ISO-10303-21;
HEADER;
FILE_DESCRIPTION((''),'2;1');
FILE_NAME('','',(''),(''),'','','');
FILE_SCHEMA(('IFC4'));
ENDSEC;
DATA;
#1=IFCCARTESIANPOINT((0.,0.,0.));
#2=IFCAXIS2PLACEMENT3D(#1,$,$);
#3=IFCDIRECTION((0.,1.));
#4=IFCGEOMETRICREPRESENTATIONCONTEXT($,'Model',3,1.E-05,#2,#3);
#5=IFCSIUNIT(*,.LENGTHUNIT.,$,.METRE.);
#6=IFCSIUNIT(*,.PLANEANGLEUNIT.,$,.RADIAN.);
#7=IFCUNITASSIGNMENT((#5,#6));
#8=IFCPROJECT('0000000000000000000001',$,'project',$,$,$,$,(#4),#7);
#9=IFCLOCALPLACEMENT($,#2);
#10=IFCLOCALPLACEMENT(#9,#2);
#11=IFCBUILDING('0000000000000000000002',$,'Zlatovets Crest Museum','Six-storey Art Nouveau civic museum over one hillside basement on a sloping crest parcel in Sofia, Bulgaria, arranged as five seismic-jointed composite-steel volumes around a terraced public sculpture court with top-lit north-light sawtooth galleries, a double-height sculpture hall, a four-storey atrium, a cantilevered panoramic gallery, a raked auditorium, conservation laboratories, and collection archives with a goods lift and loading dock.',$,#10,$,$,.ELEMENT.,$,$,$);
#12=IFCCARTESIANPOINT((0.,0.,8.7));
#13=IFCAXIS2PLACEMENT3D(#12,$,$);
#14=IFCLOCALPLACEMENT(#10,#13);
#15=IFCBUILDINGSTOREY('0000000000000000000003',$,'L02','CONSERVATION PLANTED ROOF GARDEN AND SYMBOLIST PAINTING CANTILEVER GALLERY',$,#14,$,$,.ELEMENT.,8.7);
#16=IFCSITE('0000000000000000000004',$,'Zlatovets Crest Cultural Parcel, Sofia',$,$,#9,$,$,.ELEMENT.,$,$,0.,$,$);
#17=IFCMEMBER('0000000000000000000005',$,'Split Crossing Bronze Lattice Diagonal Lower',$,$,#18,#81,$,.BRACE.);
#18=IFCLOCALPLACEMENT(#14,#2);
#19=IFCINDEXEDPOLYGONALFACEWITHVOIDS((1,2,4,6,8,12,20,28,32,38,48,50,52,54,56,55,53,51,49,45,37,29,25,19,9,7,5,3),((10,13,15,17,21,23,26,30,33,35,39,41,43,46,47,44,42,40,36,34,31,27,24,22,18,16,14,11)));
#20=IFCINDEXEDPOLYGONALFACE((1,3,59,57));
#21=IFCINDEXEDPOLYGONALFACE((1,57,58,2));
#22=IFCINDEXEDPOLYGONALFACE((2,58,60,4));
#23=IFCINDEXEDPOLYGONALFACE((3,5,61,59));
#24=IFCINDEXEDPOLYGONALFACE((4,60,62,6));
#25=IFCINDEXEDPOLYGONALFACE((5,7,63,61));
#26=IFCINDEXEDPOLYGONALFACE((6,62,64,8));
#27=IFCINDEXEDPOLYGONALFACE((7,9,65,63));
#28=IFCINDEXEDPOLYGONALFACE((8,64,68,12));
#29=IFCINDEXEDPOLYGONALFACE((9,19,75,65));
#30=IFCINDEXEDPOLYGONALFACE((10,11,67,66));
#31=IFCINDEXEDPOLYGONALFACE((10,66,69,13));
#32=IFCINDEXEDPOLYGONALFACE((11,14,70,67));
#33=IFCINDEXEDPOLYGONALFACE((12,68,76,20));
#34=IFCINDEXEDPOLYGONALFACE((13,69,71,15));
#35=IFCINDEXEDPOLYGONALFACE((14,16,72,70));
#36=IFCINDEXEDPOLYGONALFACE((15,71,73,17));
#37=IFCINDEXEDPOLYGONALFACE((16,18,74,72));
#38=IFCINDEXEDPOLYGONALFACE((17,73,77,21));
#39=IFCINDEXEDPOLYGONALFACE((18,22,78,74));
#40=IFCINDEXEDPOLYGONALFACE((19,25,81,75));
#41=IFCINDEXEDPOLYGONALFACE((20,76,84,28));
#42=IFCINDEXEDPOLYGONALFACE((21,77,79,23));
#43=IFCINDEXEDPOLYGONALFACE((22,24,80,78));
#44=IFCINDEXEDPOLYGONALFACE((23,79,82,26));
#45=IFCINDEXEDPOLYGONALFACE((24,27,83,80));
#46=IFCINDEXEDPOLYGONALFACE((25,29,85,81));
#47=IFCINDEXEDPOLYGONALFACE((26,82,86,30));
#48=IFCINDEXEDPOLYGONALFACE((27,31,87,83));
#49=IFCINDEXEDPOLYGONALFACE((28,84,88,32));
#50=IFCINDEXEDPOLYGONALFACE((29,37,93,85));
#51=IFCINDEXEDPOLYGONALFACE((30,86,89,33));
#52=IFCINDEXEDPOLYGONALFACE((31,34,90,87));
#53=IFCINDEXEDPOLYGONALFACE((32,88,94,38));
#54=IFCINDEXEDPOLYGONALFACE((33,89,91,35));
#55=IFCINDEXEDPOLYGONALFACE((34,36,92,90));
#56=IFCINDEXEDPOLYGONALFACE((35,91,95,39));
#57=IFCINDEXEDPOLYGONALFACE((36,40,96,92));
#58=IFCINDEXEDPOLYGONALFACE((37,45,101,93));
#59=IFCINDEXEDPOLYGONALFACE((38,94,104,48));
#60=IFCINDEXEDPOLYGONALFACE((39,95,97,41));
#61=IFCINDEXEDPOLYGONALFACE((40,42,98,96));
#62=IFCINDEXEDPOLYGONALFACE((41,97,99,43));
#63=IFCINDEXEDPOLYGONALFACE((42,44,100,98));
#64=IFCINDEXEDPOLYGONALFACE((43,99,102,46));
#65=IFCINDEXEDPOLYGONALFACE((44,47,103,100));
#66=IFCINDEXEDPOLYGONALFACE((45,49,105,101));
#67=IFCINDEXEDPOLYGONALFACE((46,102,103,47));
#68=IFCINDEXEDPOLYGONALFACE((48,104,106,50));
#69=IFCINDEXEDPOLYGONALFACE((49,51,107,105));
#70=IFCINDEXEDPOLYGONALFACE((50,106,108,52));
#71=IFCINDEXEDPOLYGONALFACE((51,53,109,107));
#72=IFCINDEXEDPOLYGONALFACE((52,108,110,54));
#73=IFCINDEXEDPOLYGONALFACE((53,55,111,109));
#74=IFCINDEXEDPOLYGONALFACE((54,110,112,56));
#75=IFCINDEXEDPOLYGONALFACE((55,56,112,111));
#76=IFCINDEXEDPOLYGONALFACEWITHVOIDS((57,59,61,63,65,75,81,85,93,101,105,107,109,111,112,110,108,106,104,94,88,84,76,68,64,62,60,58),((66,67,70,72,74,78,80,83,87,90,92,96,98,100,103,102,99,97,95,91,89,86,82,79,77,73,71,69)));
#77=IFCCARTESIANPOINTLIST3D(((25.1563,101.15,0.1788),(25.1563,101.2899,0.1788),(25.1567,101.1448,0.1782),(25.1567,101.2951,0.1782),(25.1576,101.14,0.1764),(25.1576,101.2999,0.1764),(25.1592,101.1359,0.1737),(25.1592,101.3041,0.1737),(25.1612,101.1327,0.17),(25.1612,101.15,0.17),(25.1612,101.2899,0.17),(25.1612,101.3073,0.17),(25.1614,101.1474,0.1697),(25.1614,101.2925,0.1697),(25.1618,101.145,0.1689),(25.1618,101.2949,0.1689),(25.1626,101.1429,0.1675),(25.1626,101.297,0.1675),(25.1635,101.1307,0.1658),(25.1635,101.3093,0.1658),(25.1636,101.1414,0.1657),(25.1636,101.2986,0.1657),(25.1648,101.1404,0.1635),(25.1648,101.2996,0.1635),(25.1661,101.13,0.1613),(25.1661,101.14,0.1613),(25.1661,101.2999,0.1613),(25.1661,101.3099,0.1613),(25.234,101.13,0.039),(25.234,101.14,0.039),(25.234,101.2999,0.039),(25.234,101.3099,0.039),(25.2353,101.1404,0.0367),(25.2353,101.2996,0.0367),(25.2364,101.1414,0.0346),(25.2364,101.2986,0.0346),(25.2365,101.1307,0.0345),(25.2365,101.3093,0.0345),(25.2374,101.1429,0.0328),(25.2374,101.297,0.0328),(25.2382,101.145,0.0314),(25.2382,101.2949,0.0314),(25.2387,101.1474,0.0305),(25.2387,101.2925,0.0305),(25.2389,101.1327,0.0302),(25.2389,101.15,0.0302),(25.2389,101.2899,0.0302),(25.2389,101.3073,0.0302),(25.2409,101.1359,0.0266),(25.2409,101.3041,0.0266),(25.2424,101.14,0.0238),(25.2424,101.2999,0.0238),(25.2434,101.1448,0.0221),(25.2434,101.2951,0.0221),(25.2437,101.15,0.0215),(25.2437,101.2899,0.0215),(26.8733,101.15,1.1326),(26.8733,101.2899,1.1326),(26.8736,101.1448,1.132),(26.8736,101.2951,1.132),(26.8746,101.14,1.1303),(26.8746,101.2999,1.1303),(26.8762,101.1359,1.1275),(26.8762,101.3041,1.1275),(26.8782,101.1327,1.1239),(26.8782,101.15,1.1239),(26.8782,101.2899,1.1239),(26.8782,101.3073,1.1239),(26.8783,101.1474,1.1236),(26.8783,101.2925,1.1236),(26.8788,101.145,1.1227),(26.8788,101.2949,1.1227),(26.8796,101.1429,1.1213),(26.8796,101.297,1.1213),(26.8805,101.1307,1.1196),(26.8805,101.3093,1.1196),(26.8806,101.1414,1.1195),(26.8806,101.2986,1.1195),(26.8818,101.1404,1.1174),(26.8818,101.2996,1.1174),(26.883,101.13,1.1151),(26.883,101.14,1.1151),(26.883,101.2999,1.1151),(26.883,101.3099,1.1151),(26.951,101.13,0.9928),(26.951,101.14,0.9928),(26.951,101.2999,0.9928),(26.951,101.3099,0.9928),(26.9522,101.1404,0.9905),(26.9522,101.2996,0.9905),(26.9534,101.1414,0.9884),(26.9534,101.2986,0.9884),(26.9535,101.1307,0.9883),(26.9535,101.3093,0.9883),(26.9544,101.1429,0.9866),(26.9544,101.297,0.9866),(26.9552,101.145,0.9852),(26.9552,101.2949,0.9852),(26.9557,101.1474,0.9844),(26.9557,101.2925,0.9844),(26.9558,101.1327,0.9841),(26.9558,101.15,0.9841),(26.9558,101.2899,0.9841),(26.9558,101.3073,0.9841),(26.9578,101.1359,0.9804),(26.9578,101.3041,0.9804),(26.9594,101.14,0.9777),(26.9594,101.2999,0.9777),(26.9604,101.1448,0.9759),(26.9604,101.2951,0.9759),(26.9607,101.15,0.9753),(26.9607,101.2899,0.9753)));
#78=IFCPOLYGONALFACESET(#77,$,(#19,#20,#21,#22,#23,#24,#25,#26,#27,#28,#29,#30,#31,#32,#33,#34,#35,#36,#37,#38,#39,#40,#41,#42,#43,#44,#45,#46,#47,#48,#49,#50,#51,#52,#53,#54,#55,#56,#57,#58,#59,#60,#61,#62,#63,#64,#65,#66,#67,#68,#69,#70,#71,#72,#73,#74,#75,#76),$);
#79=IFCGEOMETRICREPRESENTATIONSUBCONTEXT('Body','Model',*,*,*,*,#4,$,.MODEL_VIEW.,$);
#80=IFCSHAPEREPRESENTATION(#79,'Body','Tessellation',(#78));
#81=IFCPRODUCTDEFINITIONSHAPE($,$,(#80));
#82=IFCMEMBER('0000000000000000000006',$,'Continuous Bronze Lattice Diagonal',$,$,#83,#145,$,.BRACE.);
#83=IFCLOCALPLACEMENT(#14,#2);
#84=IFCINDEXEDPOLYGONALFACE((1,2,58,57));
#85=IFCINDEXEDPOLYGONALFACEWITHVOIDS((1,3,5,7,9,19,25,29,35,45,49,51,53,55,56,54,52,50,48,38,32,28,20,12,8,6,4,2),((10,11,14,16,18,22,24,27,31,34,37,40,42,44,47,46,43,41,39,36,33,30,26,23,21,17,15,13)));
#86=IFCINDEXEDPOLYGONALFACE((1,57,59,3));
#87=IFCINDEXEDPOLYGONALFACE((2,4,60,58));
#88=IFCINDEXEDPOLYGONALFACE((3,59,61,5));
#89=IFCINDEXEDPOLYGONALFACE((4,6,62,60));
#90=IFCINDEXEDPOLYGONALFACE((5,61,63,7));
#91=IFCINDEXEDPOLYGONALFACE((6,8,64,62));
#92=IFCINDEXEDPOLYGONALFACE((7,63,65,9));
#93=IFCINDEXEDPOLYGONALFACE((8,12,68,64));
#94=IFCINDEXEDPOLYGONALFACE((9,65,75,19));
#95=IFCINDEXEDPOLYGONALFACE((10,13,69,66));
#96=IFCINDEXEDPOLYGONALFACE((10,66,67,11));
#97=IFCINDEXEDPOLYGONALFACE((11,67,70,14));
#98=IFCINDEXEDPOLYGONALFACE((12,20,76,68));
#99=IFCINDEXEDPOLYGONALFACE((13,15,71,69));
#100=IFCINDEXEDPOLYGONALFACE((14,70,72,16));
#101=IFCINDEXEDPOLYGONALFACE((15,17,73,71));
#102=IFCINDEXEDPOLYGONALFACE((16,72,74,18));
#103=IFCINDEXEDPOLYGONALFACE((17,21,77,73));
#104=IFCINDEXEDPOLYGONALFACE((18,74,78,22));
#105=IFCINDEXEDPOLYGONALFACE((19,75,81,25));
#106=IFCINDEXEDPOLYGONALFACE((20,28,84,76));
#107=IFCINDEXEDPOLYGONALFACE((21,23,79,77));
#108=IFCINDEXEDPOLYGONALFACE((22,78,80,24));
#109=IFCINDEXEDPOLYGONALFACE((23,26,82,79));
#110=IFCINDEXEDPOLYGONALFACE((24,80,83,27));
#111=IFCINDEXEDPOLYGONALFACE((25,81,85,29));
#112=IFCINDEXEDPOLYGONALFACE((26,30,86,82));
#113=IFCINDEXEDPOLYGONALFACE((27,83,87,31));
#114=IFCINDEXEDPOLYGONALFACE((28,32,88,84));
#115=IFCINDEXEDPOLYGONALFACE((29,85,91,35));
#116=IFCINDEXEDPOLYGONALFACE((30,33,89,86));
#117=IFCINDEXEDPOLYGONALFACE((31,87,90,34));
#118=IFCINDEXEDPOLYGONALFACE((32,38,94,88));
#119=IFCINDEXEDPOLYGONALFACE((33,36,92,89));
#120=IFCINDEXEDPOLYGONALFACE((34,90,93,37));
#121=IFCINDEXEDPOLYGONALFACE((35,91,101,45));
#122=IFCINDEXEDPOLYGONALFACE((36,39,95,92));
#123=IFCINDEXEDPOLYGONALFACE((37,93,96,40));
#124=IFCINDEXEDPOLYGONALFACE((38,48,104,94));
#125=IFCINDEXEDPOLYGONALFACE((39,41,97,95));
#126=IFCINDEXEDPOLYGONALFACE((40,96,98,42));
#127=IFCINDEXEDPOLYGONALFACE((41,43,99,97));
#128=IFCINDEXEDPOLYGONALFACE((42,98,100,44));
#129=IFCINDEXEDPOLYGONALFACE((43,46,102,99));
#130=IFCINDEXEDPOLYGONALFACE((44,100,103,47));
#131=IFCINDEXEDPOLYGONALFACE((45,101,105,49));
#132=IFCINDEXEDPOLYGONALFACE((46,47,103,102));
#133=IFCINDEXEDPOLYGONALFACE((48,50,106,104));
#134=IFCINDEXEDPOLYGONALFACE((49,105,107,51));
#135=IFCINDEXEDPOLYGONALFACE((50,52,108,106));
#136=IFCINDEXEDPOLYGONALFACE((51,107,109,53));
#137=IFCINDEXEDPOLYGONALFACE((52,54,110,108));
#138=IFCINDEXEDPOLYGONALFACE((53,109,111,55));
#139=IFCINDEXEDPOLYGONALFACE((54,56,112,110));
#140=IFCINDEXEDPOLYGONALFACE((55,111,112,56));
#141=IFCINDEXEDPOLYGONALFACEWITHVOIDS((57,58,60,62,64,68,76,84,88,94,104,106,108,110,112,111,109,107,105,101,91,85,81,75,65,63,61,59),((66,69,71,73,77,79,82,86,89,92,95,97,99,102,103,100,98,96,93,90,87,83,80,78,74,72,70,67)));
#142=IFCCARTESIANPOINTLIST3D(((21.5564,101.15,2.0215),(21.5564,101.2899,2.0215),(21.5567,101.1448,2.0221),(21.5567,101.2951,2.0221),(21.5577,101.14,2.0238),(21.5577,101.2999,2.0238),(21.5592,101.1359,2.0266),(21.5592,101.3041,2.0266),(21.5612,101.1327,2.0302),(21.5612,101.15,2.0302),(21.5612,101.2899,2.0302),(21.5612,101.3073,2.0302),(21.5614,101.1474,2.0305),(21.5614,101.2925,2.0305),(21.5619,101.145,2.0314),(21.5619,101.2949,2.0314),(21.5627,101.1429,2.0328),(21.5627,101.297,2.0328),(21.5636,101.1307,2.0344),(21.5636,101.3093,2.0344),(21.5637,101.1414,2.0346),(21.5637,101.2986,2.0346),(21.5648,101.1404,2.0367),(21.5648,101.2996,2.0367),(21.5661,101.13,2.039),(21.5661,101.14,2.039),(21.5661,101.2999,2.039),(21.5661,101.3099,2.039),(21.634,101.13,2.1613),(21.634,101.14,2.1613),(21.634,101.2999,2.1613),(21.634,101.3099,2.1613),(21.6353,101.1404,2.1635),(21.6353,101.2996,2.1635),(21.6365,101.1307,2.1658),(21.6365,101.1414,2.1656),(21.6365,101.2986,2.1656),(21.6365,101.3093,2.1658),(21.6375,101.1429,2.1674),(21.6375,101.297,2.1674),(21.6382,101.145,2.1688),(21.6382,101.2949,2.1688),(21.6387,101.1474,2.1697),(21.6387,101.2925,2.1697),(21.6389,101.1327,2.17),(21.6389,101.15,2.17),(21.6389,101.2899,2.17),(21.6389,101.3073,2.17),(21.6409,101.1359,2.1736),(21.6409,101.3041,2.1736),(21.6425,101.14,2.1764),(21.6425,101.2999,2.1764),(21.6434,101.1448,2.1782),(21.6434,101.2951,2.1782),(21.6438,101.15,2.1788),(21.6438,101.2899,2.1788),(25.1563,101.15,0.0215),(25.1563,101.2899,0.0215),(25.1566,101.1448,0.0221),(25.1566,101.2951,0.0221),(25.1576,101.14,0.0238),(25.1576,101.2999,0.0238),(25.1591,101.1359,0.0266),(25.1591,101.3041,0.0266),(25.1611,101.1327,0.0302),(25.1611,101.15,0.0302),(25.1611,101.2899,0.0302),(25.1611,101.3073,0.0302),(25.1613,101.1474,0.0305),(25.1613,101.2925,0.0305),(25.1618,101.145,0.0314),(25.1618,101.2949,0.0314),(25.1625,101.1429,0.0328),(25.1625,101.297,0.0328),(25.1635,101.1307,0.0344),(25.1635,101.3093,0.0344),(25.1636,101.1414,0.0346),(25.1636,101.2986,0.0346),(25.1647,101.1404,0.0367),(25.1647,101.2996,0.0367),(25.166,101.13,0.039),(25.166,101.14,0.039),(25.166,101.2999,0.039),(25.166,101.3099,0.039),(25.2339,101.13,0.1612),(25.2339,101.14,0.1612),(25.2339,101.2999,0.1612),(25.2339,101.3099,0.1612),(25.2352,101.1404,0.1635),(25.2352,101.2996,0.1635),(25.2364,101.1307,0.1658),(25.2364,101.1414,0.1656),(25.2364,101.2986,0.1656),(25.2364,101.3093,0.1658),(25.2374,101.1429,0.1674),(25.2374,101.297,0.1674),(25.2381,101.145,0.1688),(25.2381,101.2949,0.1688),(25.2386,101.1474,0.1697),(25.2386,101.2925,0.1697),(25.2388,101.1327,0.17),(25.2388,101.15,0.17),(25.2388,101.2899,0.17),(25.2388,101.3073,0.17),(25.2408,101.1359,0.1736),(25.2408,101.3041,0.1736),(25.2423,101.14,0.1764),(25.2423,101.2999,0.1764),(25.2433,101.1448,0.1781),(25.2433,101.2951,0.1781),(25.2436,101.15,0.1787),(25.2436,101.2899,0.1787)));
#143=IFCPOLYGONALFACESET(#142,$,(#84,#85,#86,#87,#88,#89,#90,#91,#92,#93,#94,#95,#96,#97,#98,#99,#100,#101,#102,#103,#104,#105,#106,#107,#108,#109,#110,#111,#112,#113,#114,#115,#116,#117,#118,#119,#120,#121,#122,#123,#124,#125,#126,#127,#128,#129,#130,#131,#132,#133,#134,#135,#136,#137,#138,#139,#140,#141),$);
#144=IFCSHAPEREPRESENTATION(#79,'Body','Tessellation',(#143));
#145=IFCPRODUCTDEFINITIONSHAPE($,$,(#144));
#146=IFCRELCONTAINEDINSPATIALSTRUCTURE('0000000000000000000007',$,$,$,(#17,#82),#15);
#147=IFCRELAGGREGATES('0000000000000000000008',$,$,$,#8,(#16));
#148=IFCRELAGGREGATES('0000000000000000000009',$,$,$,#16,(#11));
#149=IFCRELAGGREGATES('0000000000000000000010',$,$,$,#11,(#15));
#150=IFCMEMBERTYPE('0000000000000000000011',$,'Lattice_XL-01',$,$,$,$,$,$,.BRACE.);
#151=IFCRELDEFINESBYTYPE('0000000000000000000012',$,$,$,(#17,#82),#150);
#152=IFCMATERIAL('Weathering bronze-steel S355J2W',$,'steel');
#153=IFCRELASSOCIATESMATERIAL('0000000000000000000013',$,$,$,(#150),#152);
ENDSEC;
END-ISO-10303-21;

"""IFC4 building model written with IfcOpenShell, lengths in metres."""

from ifc_helpers import new_model, si_unit, direction, frame, origin, origin_2d, place, context, subcontext, project, spatial, hollow_rectangle, extrude, material, material_profile, profile_set, type_object, element, save


model = new_model("IFC4")

# Units and contexts
model_context = context("Model", 3, precision=1e-05, world=origin(), true_north=direction((0.0, 1.0)))
body_context = subcontext(model_context, "Body", "Model", "MODEL_VIEW")
ifc_project = project(units=[si_unit("LENGTHUNIT", "METRE"), si_unit("PLANEANGLEUNIT", "RADIAN")], contexts=[model_context])

# Site, building, storey
site_placement = place(None, origin())
site = spatial("IfcSite", under=ifc_project, at=site_placement, Name="Zlatovets Crest Cultural Parcel, Sofia", CompositionType="ELEMENT", RefElevation=0.0)
building_placement = place(site_placement, origin())
building = spatial("IfcBuilding", under=site, at=building_placement, Name="Zlatovets Crest Museum", Description="Six-storey Art Nouveau civic museum over one hillside basement on a sloping crest parcel in Sofia, Bulgaria, arranged as five seismic-jointed composite-steel volumes around a terraced public sculpture court with top-lit north-light sawtooth galleries, a double-height sculpture hall, a four-storey atrium, a cantilevered panoramic gallery, a raked auditorium, conservation laboratories, and collection archives with a goods lift and loading dock.", CompositionType="ELEMENT")
storey_placement = place(building_placement, frame((0.0, 0.0, 8.7)))
storey = spatial("IfcBuildingStorey", under=building, at=storey_placement, Name="L02", Description="CONSERVATION PLANTED ROOF GARDEN AND SYMBOLIST PAINTING CANTILEVER GALLERY", CompositionType="ELEMENT", Elevation=8.7)

# Members
ifc_material_1 = material(Name="Weathering bronze-steel S355J2W", Category="steel")
ifc_material_profile_1 = material_profile(ifc_material_1, hollow_rectangle(XDim=0.1799, YDim=0.1799, WallThickness=0.01, InnerFilletRadius=0.01, OuterFilletRadius=0.02, at=origin_2d()), Name="SHS 180x180x10.0")
ifc_profile_set_1 = profile_set([ifc_material_profile_1], Name="Weathering bronze-steel S355J2W")
member_type_1 = type_object("IfcMemberType", Name="Lattice_XL-01", PredefinedType="BRACE", material=ifc_profile_set_1)
for number, where, z_axis, x_axis, name in (
    (1, (26.917, 101.22, 1.054), (-0.874169, 0.0, -0.485622), (0.0, -1.0, 0.0), "Split Crossing Bronze Lattice Diagonal Lower"),
):
    element("IfcMember", number, at=place(storey_placement, frame(where, z_axis=z_axis, x_axis=x_axis)), inside=storey, type_object=member_type_1, Name=name, PredefinedType="BRACE", context=body_context, shape_type="SweptSolid", body=[
        extrude(hollow_rectangle(XDim=0.1799, YDim=0.1799, WallThickness=0.01, InnerFilletRadius=0.01, OuterFilletRadius=0.02, at=origin_2d()), origin(), (0.0, 0.0, 1.0), 1.9641),
    ])
member_1_placement = place(storey_placement, frame((25.2, 101.22, 0.1001), z_axis=(-0.874149, 0.0, 0.485658), x_axis=(0.0, -1.0, 0.0)))
element("IfcMember", 2, at=member_1_placement, inside=storey, type_object=member_type_1, Name="Continuous Bronze Lattice Diagonal", PredefinedType="BRACE", context=body_context, shape_type="SweptSolid", body=[
    extrude(hollow_rectangle(XDim=0.1799, YDim=0.1799, WallThickness=0.01, InnerFilletRadius=0.01, OuterFilletRadius=0.02, at=origin_2d()), origin(), (0.0, 0.0, 1.0), 4.1182),
])

save(model, "model.ifc")
